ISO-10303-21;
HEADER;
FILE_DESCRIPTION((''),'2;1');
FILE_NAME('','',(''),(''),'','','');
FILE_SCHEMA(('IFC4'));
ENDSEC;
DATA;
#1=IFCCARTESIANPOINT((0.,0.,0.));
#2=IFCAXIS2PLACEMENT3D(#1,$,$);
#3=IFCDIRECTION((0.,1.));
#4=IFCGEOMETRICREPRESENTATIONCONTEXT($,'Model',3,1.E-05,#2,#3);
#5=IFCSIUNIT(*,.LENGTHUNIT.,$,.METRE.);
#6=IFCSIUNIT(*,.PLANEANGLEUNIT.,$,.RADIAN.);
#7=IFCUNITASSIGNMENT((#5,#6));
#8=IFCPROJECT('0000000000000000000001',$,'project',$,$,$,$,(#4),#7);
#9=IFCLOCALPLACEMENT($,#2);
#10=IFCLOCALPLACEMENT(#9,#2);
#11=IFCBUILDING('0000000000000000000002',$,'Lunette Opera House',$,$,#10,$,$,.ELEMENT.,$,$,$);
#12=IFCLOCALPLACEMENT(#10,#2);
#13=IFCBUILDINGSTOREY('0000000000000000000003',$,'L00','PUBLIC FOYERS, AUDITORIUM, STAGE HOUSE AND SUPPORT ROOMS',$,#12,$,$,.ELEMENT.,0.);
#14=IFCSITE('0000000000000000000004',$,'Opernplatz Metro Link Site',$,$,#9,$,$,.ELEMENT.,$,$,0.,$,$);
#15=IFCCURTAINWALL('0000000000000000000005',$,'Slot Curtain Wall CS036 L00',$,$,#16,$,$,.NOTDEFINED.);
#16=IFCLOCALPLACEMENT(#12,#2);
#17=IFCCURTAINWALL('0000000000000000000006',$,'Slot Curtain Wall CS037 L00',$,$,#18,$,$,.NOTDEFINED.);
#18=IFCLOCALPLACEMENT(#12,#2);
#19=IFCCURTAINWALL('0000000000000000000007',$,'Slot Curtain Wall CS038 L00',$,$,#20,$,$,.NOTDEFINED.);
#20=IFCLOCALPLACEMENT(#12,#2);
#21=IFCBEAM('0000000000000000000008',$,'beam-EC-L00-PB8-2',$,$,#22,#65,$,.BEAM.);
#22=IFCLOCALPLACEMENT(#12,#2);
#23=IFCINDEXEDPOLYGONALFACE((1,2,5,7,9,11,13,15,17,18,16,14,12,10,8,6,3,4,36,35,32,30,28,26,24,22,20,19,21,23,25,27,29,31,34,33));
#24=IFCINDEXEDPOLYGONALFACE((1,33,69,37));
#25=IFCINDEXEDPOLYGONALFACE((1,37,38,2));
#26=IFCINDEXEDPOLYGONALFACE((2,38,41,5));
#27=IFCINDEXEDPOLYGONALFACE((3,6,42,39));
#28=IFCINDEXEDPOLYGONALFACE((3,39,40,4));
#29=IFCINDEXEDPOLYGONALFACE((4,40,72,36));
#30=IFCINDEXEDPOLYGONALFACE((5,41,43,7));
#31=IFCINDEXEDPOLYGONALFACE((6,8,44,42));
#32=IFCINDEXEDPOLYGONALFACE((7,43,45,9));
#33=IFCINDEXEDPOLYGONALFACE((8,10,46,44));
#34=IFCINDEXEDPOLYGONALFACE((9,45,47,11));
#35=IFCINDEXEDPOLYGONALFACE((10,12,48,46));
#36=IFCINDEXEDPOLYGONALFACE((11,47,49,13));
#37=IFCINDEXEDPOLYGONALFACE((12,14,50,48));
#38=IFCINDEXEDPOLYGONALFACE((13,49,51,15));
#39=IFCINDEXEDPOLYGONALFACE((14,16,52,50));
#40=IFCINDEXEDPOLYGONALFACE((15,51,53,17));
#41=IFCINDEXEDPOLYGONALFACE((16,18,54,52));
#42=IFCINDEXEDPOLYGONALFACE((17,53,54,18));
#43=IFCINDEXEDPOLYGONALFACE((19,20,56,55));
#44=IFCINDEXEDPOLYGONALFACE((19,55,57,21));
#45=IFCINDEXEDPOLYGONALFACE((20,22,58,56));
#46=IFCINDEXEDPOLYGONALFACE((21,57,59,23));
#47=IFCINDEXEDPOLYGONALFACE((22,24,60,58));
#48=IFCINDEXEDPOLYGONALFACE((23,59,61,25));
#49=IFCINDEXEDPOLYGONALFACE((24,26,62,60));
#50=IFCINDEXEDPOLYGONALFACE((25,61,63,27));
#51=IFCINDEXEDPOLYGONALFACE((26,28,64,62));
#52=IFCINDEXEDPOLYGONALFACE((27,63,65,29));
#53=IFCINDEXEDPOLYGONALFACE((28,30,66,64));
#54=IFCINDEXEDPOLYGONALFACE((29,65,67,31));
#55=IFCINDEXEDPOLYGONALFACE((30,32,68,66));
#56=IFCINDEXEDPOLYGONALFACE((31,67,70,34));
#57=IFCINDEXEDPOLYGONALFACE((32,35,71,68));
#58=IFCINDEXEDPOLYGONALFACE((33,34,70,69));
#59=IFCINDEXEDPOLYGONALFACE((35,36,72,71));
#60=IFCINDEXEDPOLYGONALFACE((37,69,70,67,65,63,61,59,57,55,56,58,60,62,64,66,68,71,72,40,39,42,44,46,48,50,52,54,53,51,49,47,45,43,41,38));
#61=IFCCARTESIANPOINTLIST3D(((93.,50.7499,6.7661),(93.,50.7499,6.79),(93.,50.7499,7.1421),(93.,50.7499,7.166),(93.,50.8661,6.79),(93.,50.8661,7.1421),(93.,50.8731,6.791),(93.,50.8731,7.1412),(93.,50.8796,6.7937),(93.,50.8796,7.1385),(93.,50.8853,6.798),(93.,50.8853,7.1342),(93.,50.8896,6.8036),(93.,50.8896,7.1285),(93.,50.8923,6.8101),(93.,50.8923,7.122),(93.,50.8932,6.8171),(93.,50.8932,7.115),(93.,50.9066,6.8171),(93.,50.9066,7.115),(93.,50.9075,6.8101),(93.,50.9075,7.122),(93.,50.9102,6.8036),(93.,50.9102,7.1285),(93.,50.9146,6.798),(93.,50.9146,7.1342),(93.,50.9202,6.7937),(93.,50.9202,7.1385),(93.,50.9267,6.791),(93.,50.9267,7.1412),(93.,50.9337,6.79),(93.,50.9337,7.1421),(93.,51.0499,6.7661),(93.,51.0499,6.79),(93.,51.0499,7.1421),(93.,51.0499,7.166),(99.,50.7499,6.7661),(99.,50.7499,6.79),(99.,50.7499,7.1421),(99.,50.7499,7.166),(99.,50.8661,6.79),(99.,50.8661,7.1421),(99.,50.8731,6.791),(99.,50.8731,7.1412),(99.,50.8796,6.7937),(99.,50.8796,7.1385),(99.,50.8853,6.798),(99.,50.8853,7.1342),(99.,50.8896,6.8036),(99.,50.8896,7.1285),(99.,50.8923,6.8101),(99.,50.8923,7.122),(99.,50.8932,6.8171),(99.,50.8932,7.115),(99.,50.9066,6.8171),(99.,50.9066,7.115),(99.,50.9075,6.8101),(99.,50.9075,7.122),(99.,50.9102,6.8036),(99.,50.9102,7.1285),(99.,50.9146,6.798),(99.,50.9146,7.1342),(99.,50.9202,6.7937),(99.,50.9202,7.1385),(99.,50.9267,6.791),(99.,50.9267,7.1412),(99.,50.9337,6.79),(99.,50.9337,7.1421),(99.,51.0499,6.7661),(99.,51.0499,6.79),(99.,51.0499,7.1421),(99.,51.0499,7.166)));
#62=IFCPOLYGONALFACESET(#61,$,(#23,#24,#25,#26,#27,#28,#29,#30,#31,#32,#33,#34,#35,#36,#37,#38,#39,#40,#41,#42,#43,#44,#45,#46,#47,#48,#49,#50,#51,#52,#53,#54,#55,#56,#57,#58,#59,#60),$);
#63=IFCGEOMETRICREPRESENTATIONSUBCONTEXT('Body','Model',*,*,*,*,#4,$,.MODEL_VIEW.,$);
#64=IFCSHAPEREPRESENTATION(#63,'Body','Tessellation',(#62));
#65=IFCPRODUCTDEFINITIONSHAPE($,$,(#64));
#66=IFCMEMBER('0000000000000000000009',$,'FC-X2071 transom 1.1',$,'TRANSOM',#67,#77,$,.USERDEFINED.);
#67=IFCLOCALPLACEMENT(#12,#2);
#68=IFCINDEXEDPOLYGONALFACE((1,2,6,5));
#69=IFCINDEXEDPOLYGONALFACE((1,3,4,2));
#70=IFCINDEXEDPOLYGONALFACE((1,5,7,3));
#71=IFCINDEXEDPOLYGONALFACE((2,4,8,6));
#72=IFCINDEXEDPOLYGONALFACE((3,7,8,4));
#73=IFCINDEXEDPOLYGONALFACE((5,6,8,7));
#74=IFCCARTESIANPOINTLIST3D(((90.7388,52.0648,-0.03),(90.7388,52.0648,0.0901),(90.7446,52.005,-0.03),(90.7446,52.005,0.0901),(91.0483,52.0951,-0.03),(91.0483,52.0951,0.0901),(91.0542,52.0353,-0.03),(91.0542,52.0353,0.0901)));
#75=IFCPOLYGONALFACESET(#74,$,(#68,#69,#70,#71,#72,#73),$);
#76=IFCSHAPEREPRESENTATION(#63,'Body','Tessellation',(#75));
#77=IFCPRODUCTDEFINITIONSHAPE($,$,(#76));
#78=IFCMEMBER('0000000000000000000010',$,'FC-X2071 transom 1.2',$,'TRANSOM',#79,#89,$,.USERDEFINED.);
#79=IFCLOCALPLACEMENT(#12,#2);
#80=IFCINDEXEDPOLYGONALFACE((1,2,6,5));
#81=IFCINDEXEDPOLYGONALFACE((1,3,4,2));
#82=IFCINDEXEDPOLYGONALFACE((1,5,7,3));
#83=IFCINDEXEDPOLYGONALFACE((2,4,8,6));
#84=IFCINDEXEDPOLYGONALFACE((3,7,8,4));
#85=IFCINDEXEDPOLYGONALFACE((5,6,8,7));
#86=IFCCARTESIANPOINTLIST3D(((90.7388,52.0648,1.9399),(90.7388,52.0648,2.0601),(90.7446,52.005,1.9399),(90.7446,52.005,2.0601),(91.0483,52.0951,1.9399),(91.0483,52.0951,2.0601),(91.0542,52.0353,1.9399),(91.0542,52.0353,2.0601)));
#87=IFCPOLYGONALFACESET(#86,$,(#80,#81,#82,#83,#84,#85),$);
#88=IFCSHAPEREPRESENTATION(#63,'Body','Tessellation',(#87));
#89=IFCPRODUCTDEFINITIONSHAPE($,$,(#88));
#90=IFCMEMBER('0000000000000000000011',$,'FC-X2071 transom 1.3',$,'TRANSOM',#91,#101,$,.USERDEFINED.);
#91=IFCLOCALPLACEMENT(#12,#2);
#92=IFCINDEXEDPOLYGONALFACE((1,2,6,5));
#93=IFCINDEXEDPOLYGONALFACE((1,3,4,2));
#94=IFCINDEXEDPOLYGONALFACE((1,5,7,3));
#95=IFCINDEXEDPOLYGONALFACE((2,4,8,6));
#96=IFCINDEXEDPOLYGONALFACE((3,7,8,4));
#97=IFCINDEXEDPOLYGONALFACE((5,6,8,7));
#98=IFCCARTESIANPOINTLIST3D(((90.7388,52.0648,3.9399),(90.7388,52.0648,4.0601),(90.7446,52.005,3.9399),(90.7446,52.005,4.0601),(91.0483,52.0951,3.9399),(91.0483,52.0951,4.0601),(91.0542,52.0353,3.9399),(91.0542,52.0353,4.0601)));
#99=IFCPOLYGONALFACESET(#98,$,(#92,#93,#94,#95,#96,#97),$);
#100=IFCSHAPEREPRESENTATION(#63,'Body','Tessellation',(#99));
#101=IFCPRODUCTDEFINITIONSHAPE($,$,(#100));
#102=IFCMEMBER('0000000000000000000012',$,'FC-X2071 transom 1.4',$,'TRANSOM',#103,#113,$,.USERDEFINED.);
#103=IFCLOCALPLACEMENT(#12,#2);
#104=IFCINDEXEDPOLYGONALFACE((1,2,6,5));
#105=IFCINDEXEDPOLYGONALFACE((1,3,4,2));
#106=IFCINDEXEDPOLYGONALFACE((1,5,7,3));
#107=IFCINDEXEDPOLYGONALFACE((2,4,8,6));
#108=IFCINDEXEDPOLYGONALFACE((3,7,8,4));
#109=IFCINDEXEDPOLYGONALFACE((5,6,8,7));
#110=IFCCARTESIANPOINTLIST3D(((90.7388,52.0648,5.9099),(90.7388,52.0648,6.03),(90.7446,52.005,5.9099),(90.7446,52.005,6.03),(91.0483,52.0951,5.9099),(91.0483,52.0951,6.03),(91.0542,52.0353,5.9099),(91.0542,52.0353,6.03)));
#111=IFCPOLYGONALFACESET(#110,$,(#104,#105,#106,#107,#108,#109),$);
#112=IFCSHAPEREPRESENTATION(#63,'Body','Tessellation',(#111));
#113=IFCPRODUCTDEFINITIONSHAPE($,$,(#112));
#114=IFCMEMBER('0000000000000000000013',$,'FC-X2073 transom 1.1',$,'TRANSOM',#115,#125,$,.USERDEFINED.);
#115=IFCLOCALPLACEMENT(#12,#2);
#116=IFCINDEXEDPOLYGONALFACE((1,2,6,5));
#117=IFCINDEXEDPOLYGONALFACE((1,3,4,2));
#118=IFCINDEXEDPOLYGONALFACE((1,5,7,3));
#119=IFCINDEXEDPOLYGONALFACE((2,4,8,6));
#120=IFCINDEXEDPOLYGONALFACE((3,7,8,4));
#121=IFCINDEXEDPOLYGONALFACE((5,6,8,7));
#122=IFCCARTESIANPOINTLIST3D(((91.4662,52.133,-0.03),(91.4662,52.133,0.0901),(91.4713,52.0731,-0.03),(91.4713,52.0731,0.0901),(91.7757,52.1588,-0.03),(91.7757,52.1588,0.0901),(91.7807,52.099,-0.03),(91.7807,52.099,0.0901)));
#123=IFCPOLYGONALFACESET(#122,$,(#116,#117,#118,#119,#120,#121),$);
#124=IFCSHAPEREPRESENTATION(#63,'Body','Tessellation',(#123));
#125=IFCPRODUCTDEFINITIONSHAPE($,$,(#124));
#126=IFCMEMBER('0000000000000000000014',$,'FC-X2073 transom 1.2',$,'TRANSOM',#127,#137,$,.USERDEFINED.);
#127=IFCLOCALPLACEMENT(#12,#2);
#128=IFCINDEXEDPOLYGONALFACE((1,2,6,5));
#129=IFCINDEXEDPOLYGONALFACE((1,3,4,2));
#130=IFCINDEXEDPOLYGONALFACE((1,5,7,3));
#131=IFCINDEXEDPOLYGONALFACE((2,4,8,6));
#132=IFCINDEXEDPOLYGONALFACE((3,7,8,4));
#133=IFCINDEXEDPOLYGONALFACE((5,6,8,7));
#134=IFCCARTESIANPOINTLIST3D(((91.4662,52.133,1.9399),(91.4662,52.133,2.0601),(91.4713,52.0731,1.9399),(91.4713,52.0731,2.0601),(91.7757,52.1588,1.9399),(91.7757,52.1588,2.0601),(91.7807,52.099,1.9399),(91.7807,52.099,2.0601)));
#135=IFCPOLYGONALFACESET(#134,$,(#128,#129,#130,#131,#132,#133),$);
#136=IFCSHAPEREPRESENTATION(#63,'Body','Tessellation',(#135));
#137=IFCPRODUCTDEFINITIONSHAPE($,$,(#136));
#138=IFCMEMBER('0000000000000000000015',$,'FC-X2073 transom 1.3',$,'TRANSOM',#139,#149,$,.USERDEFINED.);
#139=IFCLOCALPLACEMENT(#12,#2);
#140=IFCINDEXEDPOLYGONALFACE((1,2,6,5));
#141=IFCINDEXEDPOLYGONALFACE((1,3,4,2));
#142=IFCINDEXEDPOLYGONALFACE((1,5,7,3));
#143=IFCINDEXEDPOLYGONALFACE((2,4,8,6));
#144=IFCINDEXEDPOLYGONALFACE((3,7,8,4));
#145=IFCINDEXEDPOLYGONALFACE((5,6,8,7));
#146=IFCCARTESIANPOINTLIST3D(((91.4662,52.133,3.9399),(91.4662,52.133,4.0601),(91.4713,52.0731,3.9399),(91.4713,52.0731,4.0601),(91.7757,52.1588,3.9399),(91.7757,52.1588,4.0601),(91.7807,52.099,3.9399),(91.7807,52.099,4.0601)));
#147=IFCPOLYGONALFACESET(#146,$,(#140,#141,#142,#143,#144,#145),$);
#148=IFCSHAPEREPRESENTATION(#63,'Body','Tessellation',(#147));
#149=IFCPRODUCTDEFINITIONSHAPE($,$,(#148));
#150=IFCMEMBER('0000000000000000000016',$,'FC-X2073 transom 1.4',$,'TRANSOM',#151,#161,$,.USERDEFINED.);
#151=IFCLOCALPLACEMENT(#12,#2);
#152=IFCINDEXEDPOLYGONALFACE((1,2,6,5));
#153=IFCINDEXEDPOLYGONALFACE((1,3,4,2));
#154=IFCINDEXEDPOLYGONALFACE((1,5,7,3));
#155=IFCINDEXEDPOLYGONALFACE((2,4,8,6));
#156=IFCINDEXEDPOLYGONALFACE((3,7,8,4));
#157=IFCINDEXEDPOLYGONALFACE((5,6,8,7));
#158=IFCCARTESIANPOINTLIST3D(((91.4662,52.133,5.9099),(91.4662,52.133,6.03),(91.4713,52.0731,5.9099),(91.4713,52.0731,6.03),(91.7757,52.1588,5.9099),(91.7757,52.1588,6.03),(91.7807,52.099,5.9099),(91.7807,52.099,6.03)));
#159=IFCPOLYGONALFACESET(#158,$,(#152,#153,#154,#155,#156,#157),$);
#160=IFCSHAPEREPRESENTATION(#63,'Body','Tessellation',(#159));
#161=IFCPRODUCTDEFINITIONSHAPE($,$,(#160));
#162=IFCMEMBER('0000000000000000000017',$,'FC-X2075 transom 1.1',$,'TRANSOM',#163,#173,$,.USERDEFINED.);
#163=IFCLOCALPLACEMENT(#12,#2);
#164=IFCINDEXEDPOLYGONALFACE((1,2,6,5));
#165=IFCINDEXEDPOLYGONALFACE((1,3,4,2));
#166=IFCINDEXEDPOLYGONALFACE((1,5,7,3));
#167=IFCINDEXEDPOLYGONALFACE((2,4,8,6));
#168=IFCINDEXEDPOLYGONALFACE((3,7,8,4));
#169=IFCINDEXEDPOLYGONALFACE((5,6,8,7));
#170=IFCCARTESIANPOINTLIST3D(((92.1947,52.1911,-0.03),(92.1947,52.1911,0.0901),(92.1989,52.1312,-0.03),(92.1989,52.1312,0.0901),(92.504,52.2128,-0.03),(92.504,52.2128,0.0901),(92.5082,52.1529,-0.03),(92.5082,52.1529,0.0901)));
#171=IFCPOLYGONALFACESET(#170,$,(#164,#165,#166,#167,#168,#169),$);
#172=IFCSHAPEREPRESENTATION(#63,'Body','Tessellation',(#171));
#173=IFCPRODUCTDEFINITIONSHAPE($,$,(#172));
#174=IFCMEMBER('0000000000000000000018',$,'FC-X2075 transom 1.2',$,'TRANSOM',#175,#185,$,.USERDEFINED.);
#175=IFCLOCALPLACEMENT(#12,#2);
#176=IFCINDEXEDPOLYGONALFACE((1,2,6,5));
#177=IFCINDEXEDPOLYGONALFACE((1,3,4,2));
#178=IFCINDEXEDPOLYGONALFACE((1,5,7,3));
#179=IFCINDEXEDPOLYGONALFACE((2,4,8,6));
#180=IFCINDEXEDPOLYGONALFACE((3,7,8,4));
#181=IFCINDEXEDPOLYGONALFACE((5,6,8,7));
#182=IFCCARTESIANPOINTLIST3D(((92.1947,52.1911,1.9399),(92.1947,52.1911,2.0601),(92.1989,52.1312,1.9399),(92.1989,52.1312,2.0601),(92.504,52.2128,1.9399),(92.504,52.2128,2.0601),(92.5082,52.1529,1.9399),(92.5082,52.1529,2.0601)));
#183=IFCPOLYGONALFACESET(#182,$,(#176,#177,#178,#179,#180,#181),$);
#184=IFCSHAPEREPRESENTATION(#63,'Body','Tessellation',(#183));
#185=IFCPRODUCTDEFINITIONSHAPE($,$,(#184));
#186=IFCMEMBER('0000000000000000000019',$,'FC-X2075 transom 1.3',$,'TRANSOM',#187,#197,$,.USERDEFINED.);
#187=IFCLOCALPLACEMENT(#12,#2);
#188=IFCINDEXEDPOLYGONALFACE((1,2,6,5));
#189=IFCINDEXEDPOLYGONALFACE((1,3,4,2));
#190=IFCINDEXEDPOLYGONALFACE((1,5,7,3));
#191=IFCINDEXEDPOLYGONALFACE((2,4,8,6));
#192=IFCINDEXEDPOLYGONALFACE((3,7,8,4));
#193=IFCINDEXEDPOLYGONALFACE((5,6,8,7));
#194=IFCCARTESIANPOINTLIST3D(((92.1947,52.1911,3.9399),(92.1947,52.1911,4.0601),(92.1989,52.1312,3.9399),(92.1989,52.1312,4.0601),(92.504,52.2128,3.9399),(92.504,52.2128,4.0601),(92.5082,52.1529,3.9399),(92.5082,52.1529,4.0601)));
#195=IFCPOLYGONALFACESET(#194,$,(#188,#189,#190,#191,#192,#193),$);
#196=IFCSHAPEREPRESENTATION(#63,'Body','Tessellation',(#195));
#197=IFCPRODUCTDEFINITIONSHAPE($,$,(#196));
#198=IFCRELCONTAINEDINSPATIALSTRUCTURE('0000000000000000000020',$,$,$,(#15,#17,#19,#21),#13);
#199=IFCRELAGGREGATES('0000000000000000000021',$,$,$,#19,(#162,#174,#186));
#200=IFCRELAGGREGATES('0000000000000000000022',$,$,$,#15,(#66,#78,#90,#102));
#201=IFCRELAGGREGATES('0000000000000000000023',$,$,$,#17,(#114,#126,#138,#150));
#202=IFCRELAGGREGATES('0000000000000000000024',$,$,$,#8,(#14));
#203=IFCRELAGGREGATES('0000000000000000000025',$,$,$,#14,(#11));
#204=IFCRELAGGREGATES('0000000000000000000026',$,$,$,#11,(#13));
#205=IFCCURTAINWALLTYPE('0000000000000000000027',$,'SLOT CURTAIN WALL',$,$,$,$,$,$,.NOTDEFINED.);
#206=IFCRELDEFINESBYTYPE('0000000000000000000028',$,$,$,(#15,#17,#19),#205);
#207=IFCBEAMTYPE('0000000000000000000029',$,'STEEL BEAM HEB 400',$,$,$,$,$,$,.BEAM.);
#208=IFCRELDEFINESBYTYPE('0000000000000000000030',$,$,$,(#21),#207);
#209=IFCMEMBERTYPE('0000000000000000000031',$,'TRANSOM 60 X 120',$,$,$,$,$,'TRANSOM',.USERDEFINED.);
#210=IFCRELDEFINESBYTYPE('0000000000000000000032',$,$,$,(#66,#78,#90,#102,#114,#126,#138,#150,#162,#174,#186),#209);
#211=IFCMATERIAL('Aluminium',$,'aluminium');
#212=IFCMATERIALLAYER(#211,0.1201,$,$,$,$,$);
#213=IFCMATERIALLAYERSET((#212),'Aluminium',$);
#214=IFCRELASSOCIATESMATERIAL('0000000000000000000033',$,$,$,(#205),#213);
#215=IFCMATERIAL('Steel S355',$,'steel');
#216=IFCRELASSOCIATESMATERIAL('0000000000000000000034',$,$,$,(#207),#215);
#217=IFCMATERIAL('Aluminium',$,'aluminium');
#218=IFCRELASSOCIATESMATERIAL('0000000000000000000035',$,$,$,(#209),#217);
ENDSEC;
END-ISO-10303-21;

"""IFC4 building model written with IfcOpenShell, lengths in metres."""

from ifc_helpers import new_model, si_unit, direction, frame, origin, origin_2d, place, context, subcontext, project, spatial, rectangle, i_section, extrude, material, layer, layer_set, material_profile, profile_set, type_object, element, aggregate, save


model = new_model("IFC4")

# Units and contexts
model_context = context("Model", 3, precision=1e-05, world=origin(), true_north=direction((0.0, 1.0)))
body_context = subcontext(model_context, "Body", "Model", "MODEL_VIEW")
ifc_project = project(units=[si_unit("LENGTHUNIT", "METRE"), si_unit("PLANEANGLEUNIT", "RADIAN")], contexts=[model_context])

# Site, building, storey
site_placement = place(None, origin())
site = spatial("IfcSite", under=ifc_project, at=site_placement, Name="Opernplatz Metro Link Site", CompositionType="ELEMENT", RefElevation=0.0)
building_placement = place(site_placement, origin())
building = spatial("IfcBuilding", under=site, at=building_placement, Name="Lunette Opera House", CompositionType="ELEMENT")
storey_placement = place(building_placement, origin())
storey = spatial("IfcBuildingStorey", under=building, at=storey_placement, Name="L00", Description="PUBLIC FOYERS, AUDITORIUM, STAGE HOUSE AND SUPPORT ROOMS", CompositionType="ELEMENT", Elevation=0.0)

# Curtain walls
ifc_material_1 = material(Name="Aluminium", Category="aluminium")
ifc_layer_1 = layer(ifc_material_1, 0.1201)
ifc_layer_set_1 = layer_set([ifc_layer_1], Name="Aluminium")
curtain_wall_type = type_object("IfcCurtainWallType", Name="SLOT CURTAIN WALL", PredefinedType="NOTDEFINED", material=ifc_layer_set_1)
curtain_wall_1_placement = place(storey_placement, origin())
curtain_wall_1 = element("IfcCurtainWall", 1, at=curtain_wall_1_placement, inside=storey, type_object=curtain_wall_type, Name="Slot Curtain Wall CS036 L00", PredefinedType="NOTDEFINED")
curtain_wall_2_placement = place(storey_placement, origin())
curtain_wall_2 = element("IfcCurtainWall", 2, at=curtain_wall_2_placement, inside=storey, type_object=curtain_wall_type, Name="Slot Curtain Wall CS037 L00", PredefinedType="NOTDEFINED")

# Curtain wall
curtain_wall_3_placement = place(storey_placement, origin())
curtain_wall_3 = element("IfcCurtainWall", 3, at=curtain_wall_3_placement, inside=storey, type_object=curtain_wall_type, Name="Slot Curtain Wall CS038 L00", PredefinedType="NOTDEFINED")

# Beam
ifc_material_2 = material(Name="Steel S355", Category="steel")
ifc_material_profile_1 = material_profile(ifc_material_2, i_section(OverallWidth=0.3, OverallDepth=0.3999, WebThickness=0.0134, FlangeThickness=0.0239, FilletRadius=0.0271, at=origin_2d()), Name="HEB 400")
ifc_profile_set_1 = profile_set([ifc_material_profile_1], Name="Steel S355")
beam_type = type_object("IfcBeamType", Name="STEEL BEAM HEB 400", PredefinedType="BEAM", material=ifc_profile_set_1)
for number, where, z_axis, x_axis, name in (
    (4, (93.0, 50.8999, 6.9661), (1.0, 0.0, 0.0), (0.0, 1.0, 0.0), "beam-EC-L00-PB8-2"),
):
    element("IfcBeam", number, at=place(storey_placement, frame(where, z_axis=z_axis, x_axis=x_axis)), inside=storey, type_object=beam_type, Name=name, PredefinedType="BEAM", context=body_context, shape_type="SweptSolid", body=[
        extrude(i_section(OverallWidth=0.3, OverallDepth=0.3999, WebThickness=0.0134, FlangeThickness=0.0239, FilletRadius=0.0271, at=origin_2d()), origin(), (0.0, 0.0, 1.0), 6.0),
    ])

# Members
ifc_material_3 = material(Name="Aluminium", Category="aluminium")
ifc_material_profile_2 = material_profile(ifc_material_3, rectangle(XDim=0.0601, YDim=0.1201, at=origin_2d()), Name="TRANSOM 60 X 120")
ifc_profile_set_2 = profile_set([ifc_material_profile_2], Name="Aluminium")
member_type_1 = type_object("IfcMemberType", Name="TRANSOM 60 X 120", ElementType="TRANSOM", PredefinedType="USERDEFINED", material=ifc_profile_set_2)
member_1_placement = place(storey_placement, frame((90.7417, 52.0349, 0.03), z_axis=(0.995252, 0.097328, 0.0), x_axis=(-0.097328, 0.995252, 0.0)))
member_1 = element("IfcMember", 5, at=member_1_placement, type_object=member_type_1, Name="FC-X2071 transom 1.1", ObjectType="TRANSOM", PredefinedType="USERDEFINED", context=body_context, shape_type="SweptSolid", body=[
    extrude(rectangle(XDim=0.0601, YDim=0.1201, at=origin_2d()), origin(), (0.0, 0.0, 1.0), 0.311),
])
member_2_placement = place(storey_placement, frame((90.7417, 52.0349, 2.0), z_axis=(0.995252, 0.097328, 0.0), x_axis=(-0.097328, 0.995252, 0.0)))
member_2 = element("IfcMember", 6, at=member_2_placement, type_object=member_type_1, Name="FC-X2071 transom 1.2", ObjectType="TRANSOM", PredefinedType="USERDEFINED", context=body_context, shape_type="SweptSolid", body=[
    extrude(rectangle(XDim=0.0601, YDim=0.1201, at=origin_2d()), origin(), (0.0, 0.0, 1.0), 0.311),
])
member_3_placement = place(storey_placement, frame((90.7417, 52.0349, 4.0), z_axis=(0.995252, 0.097328, 0.0), x_axis=(-0.097328, 0.995252, 0.0)))
member_3 = element("IfcMember", 7, at=member_3_placement, type_object=member_type_1, Name="FC-X2071 transom 1.3", ObjectType="TRANSOM", PredefinedType="USERDEFINED", context=body_context, shape_type="SweptSolid", body=[
    extrude(rectangle(XDim=0.0601, YDim=0.1201, at=origin_2d()), origin(), (0.0, 0.0, 1.0), 0.311),
])
member_4_placement = place(storey_placement, frame((90.7417, 52.0349, 5.97), z_axis=(0.995252, 0.097328, 0.0), x_axis=(-0.097328, 0.995252, 0.0)))
member_4 = element("IfcMember", 8, at=member_4_placement, type_object=member_type_1, Name="FC-X2071 transom 1.4", ObjectType="TRANSOM", PredefinedType="USERDEFINED", context=body_context, shape_type="SweptSolid", body=[
    extrude(rectangle(XDim=0.0601, YDim=0.1201, at=origin_2d()), origin(), (0.0, 0.0, 1.0), 0.311),
])
member_5_placement = place(storey_placement, frame((91.4688, 52.103, 0.03), z_axis=(0.996524, 0.083306, 0.0), x_axis=(-0.083306, 0.996524, 0.0)))
member_5 = element("IfcMember", 9, at=member_5_placement, type_object=member_type_1, Name="FC-X2073 transom 1.1", ObjectType="TRANSOM", PredefinedType="USERDEFINED", context=body_context, shape_type="SweptSolid", body=[
    extrude(rectangle(XDim=0.0601, YDim=0.1201, at=origin_2d()), origin(), (0.0, 0.0, 1.0), 0.3105),
])
member_6_placement = place(storey_placement, frame((91.4688, 52.103, 2.0), z_axis=(0.996524, 0.083306, 0.0), x_axis=(-0.083306, 0.996524, 0.0)))
member_6 = element("IfcMember", 10, at=member_6_placement, type_object=member_type_1, Name="FC-X2073 transom 1.2", ObjectType="TRANSOM", PredefinedType="USERDEFINED", context=body_context, shape_type="SweptSolid", body=[
    extrude(rectangle(XDim=0.0601, YDim=0.1201, at=origin_2d()), origin(), (0.0, 0.0, 1.0), 0.3105),
])
member_7_placement = place(storey_placement, frame((91.4688, 52.103, 4.0), z_axis=(0.996524, 0.083306, 0.0), x_axis=(-0.083306, 0.996524, 0.0)))
member_7 = element("IfcMember", 11, at=member_7_placement, type_object=member_type_1, Name="FC-X2073 transom 1.3", ObjectType="TRANSOM", PredefinedType="USERDEFINED", context=body_context, shape_type="SweptSolid", body=[
    extrude(rectangle(XDim=0.0601, YDim=0.1201, at=origin_2d()), origin(), (0.0, 0.0, 1.0), 0.3105),
])
member_8_placement = place(storey_placement, frame((91.4688, 52.103, 5.97), z_axis=(0.996524, 0.083306, 0.0), x_axis=(-0.083306, 0.996524, 0.0)))
member_8 = element("IfcMember", 12, at=member_8_placement, type_object=member_type_1, Name="FC-X2073 transom 1.4", ObjectType="TRANSOM", PredefinedType="USERDEFINED", context=body_context, shape_type="SweptSolid", body=[
    extrude(rectangle(XDim=0.0601, YDim=0.1201, at=origin_2d()), origin(), (0.0, 0.0, 1.0), 0.3105),
])
member_9_placement = place(storey_placement, frame((92.1968, 52.1611, 0.03), z_axis=(0.997542, 0.070072, 0.0), x_axis=(-0.070072, 0.997542, 0.0)))
member_9 = element("IfcMember", 13, at=member_9_placement, type_object=member_type_1, Name="FC-X2075 transom 1.1", ObjectType="TRANSOM", PredefinedType="USERDEFINED", context=body_context, shape_type="SweptSolid", body=[
    extrude(rectangle(XDim=0.0601, YDim=0.1201, at=origin_2d()), origin(), (0.0, 0.0, 1.0), 0.3101),
])
member_10_placement = place(storey_placement, frame((92.1968, 52.1611, 2.0), z_axis=(0.997542, 0.070072, 0.0), x_axis=(-0.070072, 0.997542, 0.0)))
member_10 = element("IfcMember", 14, at=member_10_placement, type_object=member_type_1, Name="FC-X2075 transom 1.2", ObjectType="TRANSOM", PredefinedType="USERDEFINED", context=body_context, shape_type="SweptSolid", body=[
    extrude(rectangle(XDim=0.0601, YDim=0.1201, at=origin_2d()), origin(), (0.0, 0.0, 1.0), 0.3101),
])
member_11_placement = place(storey_placement, frame((92.1968, 52.1611, 4.0), z_axis=(0.997542, 0.070072, 0.0), x_axis=(-0.070072, 0.997542, 0.0)))
member_11 = element("IfcMember", 15, at=member_11_placement, type_object=member_type_1, Name="FC-X2075 transom 1.3", ObjectType="TRANSOM", PredefinedType="USERDEFINED", context=body_context, shape_type="SweptSolid", body=[
    extrude(rectangle(XDim=0.0601, YDim=0.1201, at=origin_2d()), origin(), (0.0, 0.0, 1.0), 0.3101),
])
aggregate(curtain_wall_3, [member_9, member_10, member_11])

aggregate(curtain_wall_1, [member_1, member_2, member_3, member_4])
aggregate(curtain_wall_2, [member_5, member_6, member_7, member_8])

save(model, "model.ifc")
